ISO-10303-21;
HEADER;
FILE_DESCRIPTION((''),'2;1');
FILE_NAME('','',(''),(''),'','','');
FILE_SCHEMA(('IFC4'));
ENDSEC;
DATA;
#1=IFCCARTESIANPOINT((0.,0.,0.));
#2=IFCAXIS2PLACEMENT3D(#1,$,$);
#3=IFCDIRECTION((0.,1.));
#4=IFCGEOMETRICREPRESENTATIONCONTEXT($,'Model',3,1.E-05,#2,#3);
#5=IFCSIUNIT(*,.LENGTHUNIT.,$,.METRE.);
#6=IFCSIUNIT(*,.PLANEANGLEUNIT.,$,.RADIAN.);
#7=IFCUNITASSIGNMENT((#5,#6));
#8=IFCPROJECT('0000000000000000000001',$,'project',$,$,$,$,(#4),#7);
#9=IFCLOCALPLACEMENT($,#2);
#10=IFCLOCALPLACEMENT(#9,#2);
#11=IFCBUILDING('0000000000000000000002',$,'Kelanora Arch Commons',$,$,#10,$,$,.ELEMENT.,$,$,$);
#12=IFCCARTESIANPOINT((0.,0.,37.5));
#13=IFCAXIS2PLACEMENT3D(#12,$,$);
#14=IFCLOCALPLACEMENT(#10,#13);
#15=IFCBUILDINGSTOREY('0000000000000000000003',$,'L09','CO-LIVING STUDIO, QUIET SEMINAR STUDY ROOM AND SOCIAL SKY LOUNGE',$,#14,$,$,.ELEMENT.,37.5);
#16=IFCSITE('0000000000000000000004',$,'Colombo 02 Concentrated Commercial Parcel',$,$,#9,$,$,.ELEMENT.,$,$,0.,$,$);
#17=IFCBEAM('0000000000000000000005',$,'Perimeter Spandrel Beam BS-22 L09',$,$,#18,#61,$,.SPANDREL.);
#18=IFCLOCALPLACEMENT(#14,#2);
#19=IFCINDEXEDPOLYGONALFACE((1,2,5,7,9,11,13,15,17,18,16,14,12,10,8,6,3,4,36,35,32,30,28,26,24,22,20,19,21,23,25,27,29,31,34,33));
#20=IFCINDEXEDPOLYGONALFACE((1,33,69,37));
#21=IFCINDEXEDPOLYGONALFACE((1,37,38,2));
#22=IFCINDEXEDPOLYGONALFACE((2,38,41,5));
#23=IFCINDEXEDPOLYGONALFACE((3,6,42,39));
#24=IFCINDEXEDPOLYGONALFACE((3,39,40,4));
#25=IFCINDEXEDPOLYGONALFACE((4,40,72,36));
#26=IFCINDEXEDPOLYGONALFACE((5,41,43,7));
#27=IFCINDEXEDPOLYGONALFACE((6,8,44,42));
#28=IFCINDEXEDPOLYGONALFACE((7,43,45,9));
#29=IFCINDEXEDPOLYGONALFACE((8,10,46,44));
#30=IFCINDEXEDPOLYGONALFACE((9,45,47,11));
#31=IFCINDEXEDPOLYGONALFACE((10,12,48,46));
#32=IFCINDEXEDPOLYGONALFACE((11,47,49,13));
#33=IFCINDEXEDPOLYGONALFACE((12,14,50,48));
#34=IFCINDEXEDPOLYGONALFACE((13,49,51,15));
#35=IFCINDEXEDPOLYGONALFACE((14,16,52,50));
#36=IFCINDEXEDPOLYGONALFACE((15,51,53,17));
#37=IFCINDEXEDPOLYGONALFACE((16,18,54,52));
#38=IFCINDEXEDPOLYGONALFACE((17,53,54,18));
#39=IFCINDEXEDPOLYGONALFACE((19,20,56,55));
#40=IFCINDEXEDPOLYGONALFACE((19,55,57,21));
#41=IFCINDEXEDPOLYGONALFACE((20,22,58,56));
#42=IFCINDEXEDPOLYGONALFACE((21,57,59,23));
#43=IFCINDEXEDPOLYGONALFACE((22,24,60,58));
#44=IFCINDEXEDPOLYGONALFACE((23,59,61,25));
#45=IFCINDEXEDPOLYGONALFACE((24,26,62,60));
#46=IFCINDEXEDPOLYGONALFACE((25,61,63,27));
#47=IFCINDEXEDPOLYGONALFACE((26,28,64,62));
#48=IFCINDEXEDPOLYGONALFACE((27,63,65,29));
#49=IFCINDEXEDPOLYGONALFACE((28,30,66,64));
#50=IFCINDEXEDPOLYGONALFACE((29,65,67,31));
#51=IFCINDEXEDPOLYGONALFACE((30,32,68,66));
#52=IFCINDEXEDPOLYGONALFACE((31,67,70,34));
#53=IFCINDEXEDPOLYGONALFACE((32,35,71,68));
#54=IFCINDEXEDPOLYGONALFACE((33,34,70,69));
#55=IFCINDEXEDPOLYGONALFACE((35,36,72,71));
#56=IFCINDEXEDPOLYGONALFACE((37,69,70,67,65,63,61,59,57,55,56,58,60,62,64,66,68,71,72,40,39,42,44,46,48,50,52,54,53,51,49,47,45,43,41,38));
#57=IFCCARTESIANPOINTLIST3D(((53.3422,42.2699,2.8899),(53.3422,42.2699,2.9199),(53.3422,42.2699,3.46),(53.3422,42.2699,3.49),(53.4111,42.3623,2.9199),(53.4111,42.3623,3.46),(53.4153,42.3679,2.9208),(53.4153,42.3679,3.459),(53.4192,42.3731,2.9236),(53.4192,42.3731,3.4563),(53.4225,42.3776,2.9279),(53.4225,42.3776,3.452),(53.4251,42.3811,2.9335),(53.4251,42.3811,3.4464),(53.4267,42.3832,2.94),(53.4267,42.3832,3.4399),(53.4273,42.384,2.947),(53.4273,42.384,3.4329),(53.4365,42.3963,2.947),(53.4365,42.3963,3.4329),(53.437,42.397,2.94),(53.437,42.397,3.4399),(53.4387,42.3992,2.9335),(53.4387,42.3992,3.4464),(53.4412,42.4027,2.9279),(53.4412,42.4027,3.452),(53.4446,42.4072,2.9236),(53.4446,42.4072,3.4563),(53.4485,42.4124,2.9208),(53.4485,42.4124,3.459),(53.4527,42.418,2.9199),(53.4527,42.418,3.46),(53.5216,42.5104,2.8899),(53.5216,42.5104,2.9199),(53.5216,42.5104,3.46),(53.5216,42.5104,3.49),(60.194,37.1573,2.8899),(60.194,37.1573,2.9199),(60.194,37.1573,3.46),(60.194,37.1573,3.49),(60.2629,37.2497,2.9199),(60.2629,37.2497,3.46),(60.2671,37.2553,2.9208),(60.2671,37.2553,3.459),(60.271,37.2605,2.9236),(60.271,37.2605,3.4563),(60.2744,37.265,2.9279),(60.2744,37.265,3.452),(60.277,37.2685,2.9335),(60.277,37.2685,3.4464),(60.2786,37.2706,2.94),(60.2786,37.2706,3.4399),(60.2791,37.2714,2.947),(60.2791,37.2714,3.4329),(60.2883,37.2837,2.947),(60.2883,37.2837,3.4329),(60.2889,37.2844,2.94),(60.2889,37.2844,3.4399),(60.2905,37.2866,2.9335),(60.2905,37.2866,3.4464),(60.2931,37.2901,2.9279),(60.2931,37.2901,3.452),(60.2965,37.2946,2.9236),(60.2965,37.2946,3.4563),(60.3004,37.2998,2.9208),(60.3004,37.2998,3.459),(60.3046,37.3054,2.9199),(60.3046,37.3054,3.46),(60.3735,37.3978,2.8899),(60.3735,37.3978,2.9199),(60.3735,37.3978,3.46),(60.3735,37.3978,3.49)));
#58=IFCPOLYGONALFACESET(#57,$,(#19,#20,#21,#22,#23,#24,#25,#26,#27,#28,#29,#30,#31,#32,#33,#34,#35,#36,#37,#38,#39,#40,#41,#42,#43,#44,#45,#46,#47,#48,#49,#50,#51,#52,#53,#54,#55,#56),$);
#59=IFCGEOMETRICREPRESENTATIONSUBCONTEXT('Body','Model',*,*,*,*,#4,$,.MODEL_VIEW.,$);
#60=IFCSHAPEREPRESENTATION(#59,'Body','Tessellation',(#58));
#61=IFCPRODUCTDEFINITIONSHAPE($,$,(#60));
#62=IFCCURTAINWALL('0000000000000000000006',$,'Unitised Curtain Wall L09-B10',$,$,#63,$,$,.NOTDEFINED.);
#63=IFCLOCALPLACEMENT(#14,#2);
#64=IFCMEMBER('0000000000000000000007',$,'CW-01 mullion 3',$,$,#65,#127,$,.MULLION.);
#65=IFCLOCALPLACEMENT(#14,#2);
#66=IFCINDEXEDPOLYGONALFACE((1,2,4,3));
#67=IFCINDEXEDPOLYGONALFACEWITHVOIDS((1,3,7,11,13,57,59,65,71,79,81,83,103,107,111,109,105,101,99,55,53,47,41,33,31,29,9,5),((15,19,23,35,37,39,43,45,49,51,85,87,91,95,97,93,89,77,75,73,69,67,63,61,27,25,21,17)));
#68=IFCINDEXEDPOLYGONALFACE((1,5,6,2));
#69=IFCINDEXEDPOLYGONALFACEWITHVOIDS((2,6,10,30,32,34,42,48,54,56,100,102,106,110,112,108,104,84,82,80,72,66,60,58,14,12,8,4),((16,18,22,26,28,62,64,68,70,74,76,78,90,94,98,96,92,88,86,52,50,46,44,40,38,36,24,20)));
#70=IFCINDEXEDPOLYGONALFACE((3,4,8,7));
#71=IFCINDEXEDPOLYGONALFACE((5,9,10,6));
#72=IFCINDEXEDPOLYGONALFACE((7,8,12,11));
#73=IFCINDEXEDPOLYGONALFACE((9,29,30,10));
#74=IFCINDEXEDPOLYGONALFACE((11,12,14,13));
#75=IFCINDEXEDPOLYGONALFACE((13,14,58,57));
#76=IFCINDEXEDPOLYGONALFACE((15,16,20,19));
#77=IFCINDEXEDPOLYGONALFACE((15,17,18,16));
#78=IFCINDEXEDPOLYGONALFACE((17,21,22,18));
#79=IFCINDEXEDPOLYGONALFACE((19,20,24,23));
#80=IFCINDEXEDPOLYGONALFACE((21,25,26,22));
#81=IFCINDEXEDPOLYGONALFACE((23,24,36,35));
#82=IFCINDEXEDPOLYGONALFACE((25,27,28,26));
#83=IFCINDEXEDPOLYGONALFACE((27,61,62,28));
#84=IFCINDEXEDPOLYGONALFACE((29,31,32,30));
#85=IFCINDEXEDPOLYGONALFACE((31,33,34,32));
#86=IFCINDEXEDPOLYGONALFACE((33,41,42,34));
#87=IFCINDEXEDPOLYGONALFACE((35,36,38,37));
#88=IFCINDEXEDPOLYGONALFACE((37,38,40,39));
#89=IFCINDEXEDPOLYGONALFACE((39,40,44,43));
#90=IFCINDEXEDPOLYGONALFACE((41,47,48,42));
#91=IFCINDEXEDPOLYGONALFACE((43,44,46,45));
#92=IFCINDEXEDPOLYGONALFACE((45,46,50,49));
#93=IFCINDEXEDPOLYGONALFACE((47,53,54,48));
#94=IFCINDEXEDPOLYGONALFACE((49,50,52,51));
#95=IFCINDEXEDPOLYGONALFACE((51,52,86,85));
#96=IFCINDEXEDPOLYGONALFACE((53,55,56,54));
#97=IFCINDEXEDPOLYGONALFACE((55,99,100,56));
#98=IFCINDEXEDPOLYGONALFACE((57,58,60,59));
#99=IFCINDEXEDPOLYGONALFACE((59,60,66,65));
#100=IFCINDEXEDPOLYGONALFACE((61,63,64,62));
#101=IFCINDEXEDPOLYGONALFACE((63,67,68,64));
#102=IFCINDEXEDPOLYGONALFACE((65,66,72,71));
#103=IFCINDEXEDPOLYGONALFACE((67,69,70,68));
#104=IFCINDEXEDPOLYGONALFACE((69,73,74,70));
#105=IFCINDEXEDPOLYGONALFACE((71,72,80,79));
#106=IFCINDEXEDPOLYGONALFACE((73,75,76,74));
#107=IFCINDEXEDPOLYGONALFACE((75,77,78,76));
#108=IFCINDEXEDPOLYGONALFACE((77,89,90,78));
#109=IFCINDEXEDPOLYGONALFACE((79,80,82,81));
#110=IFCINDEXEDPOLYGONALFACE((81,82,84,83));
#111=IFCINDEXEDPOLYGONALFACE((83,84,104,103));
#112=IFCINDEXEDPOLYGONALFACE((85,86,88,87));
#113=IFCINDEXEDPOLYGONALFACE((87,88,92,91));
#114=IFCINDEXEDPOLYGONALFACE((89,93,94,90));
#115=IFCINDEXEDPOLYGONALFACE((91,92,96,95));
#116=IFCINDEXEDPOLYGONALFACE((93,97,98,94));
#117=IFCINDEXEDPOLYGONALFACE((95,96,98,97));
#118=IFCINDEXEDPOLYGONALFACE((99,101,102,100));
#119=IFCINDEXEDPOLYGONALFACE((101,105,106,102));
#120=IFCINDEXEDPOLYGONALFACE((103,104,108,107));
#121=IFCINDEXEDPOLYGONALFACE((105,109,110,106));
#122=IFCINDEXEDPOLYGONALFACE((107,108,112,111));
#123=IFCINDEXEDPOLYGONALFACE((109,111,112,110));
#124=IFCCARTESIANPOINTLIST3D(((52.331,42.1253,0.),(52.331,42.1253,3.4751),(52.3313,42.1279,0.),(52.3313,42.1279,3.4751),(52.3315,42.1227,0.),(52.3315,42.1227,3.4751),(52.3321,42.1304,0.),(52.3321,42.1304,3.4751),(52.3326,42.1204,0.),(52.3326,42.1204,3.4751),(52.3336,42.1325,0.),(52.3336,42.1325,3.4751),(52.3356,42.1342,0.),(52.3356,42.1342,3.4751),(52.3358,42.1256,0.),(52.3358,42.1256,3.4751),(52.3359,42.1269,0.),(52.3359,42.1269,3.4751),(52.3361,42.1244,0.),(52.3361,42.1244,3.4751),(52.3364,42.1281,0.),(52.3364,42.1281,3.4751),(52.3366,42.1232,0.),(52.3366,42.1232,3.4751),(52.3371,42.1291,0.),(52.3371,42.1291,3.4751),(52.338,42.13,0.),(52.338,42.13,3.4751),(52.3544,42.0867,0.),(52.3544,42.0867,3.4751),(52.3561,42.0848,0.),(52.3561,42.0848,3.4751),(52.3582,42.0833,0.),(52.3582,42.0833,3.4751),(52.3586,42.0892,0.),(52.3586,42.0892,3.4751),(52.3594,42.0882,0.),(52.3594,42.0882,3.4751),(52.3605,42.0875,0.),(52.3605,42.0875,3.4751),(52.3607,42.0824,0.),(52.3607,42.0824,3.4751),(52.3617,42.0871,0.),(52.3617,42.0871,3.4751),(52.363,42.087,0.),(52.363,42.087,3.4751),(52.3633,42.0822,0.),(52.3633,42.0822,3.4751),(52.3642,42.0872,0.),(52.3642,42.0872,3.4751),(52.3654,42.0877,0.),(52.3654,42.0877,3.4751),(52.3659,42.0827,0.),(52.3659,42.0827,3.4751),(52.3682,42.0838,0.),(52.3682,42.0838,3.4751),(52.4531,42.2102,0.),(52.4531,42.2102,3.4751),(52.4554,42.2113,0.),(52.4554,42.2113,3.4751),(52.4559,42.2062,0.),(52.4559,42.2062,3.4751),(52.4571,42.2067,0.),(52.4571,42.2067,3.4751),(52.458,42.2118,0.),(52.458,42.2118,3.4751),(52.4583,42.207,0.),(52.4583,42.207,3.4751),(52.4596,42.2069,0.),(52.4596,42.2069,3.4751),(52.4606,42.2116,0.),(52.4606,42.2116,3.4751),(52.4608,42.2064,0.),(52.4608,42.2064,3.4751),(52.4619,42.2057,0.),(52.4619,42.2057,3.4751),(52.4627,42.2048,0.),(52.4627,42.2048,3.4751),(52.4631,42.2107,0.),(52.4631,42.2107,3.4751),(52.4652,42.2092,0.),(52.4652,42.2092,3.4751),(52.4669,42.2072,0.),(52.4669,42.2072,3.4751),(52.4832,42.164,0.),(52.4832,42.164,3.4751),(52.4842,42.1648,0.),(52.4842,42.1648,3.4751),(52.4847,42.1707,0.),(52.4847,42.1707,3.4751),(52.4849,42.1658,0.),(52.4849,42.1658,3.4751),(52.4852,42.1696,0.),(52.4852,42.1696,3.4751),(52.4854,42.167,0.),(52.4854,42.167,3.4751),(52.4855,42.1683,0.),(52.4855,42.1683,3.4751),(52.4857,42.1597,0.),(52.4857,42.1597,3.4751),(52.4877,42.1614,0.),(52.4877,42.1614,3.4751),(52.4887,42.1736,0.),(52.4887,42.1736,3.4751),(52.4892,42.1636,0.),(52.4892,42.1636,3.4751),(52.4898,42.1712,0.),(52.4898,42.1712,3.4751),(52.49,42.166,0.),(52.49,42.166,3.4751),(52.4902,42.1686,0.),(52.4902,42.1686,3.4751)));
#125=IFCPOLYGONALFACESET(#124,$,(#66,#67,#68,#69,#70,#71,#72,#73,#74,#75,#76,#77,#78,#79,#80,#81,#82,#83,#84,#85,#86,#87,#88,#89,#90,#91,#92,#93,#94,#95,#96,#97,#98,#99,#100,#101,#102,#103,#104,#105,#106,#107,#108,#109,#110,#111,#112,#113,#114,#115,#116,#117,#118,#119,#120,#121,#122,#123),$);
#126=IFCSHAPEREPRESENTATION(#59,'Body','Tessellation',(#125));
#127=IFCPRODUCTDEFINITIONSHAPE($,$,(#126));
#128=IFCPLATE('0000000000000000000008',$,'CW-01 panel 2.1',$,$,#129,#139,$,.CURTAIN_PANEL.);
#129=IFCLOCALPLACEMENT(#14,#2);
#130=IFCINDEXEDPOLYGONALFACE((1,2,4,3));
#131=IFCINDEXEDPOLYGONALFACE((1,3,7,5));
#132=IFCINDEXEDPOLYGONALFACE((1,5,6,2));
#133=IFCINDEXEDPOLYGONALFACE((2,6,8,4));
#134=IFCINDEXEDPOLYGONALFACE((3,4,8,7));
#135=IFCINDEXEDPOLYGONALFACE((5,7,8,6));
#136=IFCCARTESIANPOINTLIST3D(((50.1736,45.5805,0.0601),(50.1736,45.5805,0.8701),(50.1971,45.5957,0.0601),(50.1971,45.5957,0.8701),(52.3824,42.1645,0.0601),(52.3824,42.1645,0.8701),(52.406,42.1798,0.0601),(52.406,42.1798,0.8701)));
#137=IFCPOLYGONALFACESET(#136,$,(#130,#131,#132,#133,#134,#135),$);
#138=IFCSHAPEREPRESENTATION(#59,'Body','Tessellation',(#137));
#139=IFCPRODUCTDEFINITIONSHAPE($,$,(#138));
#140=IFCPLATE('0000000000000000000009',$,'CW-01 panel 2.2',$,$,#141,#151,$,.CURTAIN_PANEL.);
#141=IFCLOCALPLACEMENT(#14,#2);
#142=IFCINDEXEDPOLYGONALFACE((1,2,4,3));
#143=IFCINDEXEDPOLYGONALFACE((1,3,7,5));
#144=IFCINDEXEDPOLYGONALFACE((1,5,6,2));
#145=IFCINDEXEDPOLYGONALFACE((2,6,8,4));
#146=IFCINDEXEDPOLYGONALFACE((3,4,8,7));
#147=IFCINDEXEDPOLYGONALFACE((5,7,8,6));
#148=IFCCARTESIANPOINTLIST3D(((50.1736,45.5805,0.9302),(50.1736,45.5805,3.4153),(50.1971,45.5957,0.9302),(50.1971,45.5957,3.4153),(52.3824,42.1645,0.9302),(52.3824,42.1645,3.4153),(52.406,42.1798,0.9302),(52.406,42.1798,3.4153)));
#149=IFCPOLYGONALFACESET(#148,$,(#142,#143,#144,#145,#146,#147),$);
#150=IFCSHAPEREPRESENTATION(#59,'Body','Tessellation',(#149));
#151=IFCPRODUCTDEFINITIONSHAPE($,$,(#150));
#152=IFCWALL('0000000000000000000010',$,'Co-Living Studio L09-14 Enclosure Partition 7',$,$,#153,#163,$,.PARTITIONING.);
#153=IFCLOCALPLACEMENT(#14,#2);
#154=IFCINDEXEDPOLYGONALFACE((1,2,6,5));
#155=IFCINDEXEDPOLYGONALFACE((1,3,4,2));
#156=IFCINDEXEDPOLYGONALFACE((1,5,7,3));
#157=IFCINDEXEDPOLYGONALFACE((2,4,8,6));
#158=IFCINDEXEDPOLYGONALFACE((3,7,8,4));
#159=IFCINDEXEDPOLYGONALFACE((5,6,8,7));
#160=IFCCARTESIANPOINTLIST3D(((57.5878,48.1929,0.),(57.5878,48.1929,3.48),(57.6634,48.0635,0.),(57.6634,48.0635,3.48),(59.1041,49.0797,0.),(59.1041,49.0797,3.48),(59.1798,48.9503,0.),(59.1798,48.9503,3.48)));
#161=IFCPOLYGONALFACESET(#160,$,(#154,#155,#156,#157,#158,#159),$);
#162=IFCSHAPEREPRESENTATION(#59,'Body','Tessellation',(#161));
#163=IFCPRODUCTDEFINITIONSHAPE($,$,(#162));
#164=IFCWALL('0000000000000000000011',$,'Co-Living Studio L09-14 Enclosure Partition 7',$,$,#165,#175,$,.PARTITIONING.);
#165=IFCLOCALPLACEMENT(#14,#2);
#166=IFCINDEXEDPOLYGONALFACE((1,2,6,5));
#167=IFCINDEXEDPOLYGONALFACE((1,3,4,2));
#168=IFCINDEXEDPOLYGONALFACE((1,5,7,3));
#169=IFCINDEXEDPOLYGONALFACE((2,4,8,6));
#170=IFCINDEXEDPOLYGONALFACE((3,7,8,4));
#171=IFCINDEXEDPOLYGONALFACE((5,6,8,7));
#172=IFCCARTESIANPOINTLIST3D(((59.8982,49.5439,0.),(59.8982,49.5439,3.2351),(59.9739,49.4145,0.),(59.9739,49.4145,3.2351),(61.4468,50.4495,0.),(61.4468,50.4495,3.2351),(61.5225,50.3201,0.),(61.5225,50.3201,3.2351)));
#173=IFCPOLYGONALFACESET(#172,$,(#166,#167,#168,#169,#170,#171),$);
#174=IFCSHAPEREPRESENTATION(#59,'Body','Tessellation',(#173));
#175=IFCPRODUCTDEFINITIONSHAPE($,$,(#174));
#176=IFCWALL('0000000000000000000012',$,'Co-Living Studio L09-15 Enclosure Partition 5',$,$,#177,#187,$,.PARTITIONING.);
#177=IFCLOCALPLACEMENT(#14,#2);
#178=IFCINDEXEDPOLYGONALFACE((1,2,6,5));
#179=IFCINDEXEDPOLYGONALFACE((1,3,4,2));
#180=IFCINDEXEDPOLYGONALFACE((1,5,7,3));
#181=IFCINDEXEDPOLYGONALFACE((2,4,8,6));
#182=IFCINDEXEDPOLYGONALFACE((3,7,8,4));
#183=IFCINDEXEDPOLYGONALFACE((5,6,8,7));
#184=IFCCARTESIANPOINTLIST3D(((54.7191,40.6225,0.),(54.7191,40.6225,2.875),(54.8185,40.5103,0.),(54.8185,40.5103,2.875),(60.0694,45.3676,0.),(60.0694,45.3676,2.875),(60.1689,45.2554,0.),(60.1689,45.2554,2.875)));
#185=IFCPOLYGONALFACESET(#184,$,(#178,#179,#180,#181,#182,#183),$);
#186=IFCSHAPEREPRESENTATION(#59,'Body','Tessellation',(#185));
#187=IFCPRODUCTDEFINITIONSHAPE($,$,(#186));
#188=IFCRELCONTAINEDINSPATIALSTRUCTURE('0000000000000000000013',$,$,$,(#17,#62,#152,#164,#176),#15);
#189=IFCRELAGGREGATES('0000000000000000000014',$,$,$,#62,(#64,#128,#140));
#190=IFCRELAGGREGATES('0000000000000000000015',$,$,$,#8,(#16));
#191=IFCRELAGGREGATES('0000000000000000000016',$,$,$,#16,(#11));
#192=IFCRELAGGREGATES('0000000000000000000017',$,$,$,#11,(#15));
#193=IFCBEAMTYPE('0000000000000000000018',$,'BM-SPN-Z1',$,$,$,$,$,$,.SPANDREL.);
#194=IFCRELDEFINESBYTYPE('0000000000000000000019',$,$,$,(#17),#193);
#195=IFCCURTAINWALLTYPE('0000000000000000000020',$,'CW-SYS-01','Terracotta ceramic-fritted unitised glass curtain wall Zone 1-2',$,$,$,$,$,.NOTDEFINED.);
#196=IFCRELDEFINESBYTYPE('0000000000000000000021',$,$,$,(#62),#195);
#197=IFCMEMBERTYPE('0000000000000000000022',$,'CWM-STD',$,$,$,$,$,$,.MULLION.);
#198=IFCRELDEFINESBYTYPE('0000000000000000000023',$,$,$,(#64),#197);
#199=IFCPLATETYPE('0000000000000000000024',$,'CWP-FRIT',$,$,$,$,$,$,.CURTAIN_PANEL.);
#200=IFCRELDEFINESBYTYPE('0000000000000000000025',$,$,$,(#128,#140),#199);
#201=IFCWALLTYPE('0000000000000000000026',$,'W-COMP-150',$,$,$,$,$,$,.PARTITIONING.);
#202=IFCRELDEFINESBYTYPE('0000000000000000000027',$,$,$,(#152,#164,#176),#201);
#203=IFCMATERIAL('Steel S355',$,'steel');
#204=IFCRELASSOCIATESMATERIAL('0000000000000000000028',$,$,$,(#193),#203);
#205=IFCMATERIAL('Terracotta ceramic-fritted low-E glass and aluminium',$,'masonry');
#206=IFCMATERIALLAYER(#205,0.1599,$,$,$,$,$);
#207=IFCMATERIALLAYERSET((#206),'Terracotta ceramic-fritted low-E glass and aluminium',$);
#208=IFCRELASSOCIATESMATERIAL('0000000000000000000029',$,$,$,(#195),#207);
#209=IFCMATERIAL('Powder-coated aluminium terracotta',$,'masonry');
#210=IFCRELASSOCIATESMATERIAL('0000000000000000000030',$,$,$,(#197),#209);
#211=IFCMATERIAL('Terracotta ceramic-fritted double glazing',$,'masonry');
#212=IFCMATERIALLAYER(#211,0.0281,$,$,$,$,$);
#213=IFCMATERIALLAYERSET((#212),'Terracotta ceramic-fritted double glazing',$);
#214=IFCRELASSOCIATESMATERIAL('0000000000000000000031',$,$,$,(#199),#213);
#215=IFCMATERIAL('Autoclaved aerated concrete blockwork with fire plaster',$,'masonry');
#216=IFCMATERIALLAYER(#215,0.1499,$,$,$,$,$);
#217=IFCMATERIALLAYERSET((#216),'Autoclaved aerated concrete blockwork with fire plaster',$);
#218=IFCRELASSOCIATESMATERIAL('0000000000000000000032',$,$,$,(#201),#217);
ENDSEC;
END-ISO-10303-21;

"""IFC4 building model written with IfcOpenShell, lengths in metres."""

from ifc_helpers import new_model, si_unit, direction, frame, frame_2d, origin, origin_2d, place, context, subcontext, project, spatial, rectangle, hollow_rectangle, i_section, extrude, source, transform, mapped, material, layer, layer_set, material_profile, profile_set, type_object, element, aggregate, save


model = new_model("IFC4")

# Units and contexts
model_context = context("Model", 3, precision=1e-05, world=origin(), true_north=direction((0.0, 1.0)))
body_context = subcontext(model_context, "Body", "Model", "MODEL_VIEW")
ifc_project = project(units=[si_unit("LENGTHUNIT", "METRE"), si_unit("PLANEANGLEUNIT", "RADIAN")], contexts=[model_context])

# Site, building, storey
site_placement = place(None, origin())
site = spatial("IfcSite", under=ifc_project, at=site_placement, Name="Colombo 02 Concentrated Commercial Parcel", CompositionType="ELEMENT", RefElevation=0.0)
building_placement = place(site_placement, origin())
building = spatial("IfcBuilding", under=site, at=building_placement, Name="Kelanora Arch Commons", CompositionType="ELEMENT")
storey_placement = place(building_placement, frame((0.0, 0.0, 37.5)))
storey = spatial("IfcBuildingStorey", under=building, at=storey_placement, Name="L09", Description="CO-LIVING STUDIO, QUIET SEMINAR STUDY ROOM AND SOCIAL SKY LOUNGE", CompositionType="ELEMENT", Elevation=37.5)

# Beam
ifc_material_1 = material(Name="Steel S355", Category="steel")
ifc_material_profile_1 = material_profile(ifc_material_1, i_section(OverallWidth=0.3, OverallDepth=0.6001, WebThickness=0.0154, FlangeThickness=0.03, FilletRadius=0.0271, at=origin_2d()), Name="HEB600")
ifc_profile_set_1 = profile_set([ifc_material_profile_1], Name="Steel S355")
beam_type_1 = type_object("IfcBeamType", Name="BM-SPN-Z1", PredefinedType="SPANDREL", material=ifc_profile_set_1)
beam_1_placement = place(storey_placement, frame((53.4319, 42.3901, 3.1899), z_axis=(0.801475, -0.598029, 0.0), x_axis=(0.598029, 0.801475, 0.0)))
element("IfcBeam", 1, at=beam_1_placement, inside=storey, type_object=beam_type_1, Name="Perimeter Spandrel Beam BS-22 L09", PredefinedType="SPANDREL", context=body_context, shape_type="SweptSolid", body=[
    extrude(i_section(OverallWidth=0.3, OverallDepth=0.6001, WebThickness=0.0154, FlangeThickness=0.03, FilletRadius=0.0271, at=origin_2d()), origin(), (0.0, 0.0, 1.0), 8.5491),
])

# Curtain wall, member, plates
ifc_material_2 = material(Name="Terracotta ceramic-fritted low-E glass and aluminium", Category="masonry")
ifc_layer_1 = layer(ifc_material_2, 0.1599)
ifc_layer_set_1 = layer_set([ifc_layer_1], Name="Terracotta ceramic-fritted low-E glass and aluminium")
curtain_wall_type = type_object("IfcCurtainWallType", Name="CW-SYS-01", Description="Terracotta ceramic-fritted unitised glass curtain wall Zone 1-2", PredefinedType="NOTDEFINED", material=ifc_layer_set_1)
curtain_wall_placement = place(storey_placement, origin())
curtain_wall = element("IfcCurtainWall", 2, at=curtain_wall_placement, inside=storey, type_object=curtain_wall_type, Name="Unitised Curtain Wall L09-B10", PredefinedType="NOTDEFINED")
ifc_material_3 = material(Name="Powder-coated aluminium terracotta", Category="masonry")
ifc_material_profile_2 = material_profile(ifc_material_3, hollow_rectangle(XDim=0.1599, YDim=0.0601, WallThickness=0.0049, InnerFilletRadius=0.0049, OuterFilletRadius=0.01, at=origin_2d()), Name="CWM160x60")
ifc_profile_set_2 = profile_set([ifc_material_profile_2], Name="Powder-coated aluminium terracotta")
member_type = type_object("IfcMemberType", Name="CWM-STD", PredefinedType="MULLION", material=ifc_profile_set_2)
member_placement = place(storey_placement, frame((52.4106, 42.147, 0.0), z_axis=(0.0, 0.0, 1.0), x_axis=(0.83973, 0.543004, 0.0)))
member = element("IfcMember", 3, at=member_placement, type_object=member_type, Name="CW-01 mullion 3", PredefinedType="MULLION", context=body_context, shape_type="SweptSolid", body=[
    extrude(hollow_rectangle(XDim=0.1599, YDim=0.0601, WallThickness=0.0049, InnerFilletRadius=0.0049, OuterFilletRadius=0.01, at=origin_2d()), origin(), (0.0, 0.0, 1.0), 3.4751),
])
ifc_material_4 = material(Name="Terracotta ceramic-fritted double glazing", Category="masonry")
ifc_layer_2 = layer(ifc_material_4, 0.0281)
ifc_layer_set_2 = layer_set([ifc_layer_2], Name="Terracotta ceramic-fritted double glazing")
plate_type = type_object("IfcPlateType", Name="CWP-FRIT", PredefinedType="CURTAIN_PANEL", material=ifc_layer_set_2)
shared_shape_1 = source(origin(), body_context, "Body", "SweptSolid", [
    extrude(rectangle(XDim=4.0679, YDim=0.0281, at=origin_2d()), origin(), (0.0, 0.0, 1.0), 0.8101),
])
plate_1_placement = place(storey_placement, frame((51.2898, 43.8801, 0.0601), z_axis=(0.0, 0.0, 1.0), x_axis=(0.543004, -0.83973, 0.0)))
plate_1 = element("IfcPlate", 4, at=plate_1_placement, type_object=plate_type, Name="CW-01 panel 2.1", PredefinedType="CURTAIN_PANEL", context=body_context, shape_type="MappedRepresentation", body=[
    mapped(shared_shape_1, transform((0.0, 0.0, 0.0), scale=1.0)),
])
shared_shape_2 = source(origin(), body_context, "Body", "SweptSolid", [
    extrude(rectangle(XDim=4.0679, YDim=0.0281, at=origin_2d()), origin(), (0.0, 0.0, 1.0), 2.4851),
])
plate_2_placement = place(storey_placement, frame((51.2898, 43.8801, 0.9302), z_axis=(0.0, 0.0, 1.0), x_axis=(0.543004, -0.83973, 0.0)))
plate_2 = element("IfcPlate", 5, at=plate_2_placement, type_object=plate_type, Name="CW-01 panel 2.2", PredefinedType="CURTAIN_PANEL", context=body_context, shape_type="MappedRepresentation", body=[
    mapped(shared_shape_2, transform((0.0, 0.0, 0.0), scale=1.0)),
])
aggregate(curtain_wall, [member, plate_1, plate_2])

# Walls
ifc_material_5 = material(Name="Autoclaved aerated concrete blockwork with fire plaster", Category="masonry")
ifc_layer_3 = layer(ifc_material_5, 0.1499)
ifc_layer_set_3 = layer_set([ifc_layer_3], Name="Autoclaved aerated concrete blockwork with fire plaster")
wall_type_1 = type_object("IfcWallType", Name="W-COMP-150", PredefinedType="PARTITIONING", material=ifc_layer_set_3)
wall_1_placement = place(storey_placement, frame((57.6255, 48.1282, 0.0), z_axis=(0.0, 0.0, 1.0), x_axis=(0.863239, 0.504795, 0.0)))
element("IfcWall", 6, at=wall_1_placement, inside=storey, type_object=wall_type_1, Name="Co-Living Studio L09-14 Enclosure Partition 7", PredefinedType="PARTITIONING", context=body_context, shape_type="SweptSolid", body=[
    extrude(rectangle(XDim=1.7566, YDim=0.1499, at=frame_2d((0.8784, 0.0))), origin(), (0.0, 0.0, 1.0), 3.48),
])
wall_2_placement = place(storey_placement, frame((59.936, 49.4792, 0.0), z_axis=(0.0, 0.0, 1.0), x_axis=(0.86325, 0.504776, 0.0)))
element("IfcWall", 7, at=wall_2_placement, inside=storey, type_object=wall_type_1, Name="Co-Living Studio L09-14 Enclosure Partition 7", PredefinedType="PARTITIONING", context=body_context, shape_type="SweptSolid", body=[
    extrude(rectangle(XDim=1.7939, YDim=0.1499, at=frame_2d((0.897, 0.0))), origin(), (0.0, 0.0, 1.0), 3.2351),
])
wall_3_placement = place(storey_placement, frame((54.7688, 40.5664, 0.0), z_axis=(0.0, 0.0, 1.0), x_axis=(0.748155, 0.663524, 0.0)))
element("IfcWall", 8, at=wall_3_placement, inside=storey, type_object=wall_type_1, Name="Co-Living Studio L09-15 Enclosure Partition 5", PredefinedType="PARTITIONING", context=body_context, shape_type="SweptSolid", body=[
    extrude(rectangle(XDim=7.1514, YDim=0.1499, at=frame_2d((3.5757, 0.0))), origin(), (0.0, 0.0, 1.0), 2.875),
])

save(model, "model.ifc")
